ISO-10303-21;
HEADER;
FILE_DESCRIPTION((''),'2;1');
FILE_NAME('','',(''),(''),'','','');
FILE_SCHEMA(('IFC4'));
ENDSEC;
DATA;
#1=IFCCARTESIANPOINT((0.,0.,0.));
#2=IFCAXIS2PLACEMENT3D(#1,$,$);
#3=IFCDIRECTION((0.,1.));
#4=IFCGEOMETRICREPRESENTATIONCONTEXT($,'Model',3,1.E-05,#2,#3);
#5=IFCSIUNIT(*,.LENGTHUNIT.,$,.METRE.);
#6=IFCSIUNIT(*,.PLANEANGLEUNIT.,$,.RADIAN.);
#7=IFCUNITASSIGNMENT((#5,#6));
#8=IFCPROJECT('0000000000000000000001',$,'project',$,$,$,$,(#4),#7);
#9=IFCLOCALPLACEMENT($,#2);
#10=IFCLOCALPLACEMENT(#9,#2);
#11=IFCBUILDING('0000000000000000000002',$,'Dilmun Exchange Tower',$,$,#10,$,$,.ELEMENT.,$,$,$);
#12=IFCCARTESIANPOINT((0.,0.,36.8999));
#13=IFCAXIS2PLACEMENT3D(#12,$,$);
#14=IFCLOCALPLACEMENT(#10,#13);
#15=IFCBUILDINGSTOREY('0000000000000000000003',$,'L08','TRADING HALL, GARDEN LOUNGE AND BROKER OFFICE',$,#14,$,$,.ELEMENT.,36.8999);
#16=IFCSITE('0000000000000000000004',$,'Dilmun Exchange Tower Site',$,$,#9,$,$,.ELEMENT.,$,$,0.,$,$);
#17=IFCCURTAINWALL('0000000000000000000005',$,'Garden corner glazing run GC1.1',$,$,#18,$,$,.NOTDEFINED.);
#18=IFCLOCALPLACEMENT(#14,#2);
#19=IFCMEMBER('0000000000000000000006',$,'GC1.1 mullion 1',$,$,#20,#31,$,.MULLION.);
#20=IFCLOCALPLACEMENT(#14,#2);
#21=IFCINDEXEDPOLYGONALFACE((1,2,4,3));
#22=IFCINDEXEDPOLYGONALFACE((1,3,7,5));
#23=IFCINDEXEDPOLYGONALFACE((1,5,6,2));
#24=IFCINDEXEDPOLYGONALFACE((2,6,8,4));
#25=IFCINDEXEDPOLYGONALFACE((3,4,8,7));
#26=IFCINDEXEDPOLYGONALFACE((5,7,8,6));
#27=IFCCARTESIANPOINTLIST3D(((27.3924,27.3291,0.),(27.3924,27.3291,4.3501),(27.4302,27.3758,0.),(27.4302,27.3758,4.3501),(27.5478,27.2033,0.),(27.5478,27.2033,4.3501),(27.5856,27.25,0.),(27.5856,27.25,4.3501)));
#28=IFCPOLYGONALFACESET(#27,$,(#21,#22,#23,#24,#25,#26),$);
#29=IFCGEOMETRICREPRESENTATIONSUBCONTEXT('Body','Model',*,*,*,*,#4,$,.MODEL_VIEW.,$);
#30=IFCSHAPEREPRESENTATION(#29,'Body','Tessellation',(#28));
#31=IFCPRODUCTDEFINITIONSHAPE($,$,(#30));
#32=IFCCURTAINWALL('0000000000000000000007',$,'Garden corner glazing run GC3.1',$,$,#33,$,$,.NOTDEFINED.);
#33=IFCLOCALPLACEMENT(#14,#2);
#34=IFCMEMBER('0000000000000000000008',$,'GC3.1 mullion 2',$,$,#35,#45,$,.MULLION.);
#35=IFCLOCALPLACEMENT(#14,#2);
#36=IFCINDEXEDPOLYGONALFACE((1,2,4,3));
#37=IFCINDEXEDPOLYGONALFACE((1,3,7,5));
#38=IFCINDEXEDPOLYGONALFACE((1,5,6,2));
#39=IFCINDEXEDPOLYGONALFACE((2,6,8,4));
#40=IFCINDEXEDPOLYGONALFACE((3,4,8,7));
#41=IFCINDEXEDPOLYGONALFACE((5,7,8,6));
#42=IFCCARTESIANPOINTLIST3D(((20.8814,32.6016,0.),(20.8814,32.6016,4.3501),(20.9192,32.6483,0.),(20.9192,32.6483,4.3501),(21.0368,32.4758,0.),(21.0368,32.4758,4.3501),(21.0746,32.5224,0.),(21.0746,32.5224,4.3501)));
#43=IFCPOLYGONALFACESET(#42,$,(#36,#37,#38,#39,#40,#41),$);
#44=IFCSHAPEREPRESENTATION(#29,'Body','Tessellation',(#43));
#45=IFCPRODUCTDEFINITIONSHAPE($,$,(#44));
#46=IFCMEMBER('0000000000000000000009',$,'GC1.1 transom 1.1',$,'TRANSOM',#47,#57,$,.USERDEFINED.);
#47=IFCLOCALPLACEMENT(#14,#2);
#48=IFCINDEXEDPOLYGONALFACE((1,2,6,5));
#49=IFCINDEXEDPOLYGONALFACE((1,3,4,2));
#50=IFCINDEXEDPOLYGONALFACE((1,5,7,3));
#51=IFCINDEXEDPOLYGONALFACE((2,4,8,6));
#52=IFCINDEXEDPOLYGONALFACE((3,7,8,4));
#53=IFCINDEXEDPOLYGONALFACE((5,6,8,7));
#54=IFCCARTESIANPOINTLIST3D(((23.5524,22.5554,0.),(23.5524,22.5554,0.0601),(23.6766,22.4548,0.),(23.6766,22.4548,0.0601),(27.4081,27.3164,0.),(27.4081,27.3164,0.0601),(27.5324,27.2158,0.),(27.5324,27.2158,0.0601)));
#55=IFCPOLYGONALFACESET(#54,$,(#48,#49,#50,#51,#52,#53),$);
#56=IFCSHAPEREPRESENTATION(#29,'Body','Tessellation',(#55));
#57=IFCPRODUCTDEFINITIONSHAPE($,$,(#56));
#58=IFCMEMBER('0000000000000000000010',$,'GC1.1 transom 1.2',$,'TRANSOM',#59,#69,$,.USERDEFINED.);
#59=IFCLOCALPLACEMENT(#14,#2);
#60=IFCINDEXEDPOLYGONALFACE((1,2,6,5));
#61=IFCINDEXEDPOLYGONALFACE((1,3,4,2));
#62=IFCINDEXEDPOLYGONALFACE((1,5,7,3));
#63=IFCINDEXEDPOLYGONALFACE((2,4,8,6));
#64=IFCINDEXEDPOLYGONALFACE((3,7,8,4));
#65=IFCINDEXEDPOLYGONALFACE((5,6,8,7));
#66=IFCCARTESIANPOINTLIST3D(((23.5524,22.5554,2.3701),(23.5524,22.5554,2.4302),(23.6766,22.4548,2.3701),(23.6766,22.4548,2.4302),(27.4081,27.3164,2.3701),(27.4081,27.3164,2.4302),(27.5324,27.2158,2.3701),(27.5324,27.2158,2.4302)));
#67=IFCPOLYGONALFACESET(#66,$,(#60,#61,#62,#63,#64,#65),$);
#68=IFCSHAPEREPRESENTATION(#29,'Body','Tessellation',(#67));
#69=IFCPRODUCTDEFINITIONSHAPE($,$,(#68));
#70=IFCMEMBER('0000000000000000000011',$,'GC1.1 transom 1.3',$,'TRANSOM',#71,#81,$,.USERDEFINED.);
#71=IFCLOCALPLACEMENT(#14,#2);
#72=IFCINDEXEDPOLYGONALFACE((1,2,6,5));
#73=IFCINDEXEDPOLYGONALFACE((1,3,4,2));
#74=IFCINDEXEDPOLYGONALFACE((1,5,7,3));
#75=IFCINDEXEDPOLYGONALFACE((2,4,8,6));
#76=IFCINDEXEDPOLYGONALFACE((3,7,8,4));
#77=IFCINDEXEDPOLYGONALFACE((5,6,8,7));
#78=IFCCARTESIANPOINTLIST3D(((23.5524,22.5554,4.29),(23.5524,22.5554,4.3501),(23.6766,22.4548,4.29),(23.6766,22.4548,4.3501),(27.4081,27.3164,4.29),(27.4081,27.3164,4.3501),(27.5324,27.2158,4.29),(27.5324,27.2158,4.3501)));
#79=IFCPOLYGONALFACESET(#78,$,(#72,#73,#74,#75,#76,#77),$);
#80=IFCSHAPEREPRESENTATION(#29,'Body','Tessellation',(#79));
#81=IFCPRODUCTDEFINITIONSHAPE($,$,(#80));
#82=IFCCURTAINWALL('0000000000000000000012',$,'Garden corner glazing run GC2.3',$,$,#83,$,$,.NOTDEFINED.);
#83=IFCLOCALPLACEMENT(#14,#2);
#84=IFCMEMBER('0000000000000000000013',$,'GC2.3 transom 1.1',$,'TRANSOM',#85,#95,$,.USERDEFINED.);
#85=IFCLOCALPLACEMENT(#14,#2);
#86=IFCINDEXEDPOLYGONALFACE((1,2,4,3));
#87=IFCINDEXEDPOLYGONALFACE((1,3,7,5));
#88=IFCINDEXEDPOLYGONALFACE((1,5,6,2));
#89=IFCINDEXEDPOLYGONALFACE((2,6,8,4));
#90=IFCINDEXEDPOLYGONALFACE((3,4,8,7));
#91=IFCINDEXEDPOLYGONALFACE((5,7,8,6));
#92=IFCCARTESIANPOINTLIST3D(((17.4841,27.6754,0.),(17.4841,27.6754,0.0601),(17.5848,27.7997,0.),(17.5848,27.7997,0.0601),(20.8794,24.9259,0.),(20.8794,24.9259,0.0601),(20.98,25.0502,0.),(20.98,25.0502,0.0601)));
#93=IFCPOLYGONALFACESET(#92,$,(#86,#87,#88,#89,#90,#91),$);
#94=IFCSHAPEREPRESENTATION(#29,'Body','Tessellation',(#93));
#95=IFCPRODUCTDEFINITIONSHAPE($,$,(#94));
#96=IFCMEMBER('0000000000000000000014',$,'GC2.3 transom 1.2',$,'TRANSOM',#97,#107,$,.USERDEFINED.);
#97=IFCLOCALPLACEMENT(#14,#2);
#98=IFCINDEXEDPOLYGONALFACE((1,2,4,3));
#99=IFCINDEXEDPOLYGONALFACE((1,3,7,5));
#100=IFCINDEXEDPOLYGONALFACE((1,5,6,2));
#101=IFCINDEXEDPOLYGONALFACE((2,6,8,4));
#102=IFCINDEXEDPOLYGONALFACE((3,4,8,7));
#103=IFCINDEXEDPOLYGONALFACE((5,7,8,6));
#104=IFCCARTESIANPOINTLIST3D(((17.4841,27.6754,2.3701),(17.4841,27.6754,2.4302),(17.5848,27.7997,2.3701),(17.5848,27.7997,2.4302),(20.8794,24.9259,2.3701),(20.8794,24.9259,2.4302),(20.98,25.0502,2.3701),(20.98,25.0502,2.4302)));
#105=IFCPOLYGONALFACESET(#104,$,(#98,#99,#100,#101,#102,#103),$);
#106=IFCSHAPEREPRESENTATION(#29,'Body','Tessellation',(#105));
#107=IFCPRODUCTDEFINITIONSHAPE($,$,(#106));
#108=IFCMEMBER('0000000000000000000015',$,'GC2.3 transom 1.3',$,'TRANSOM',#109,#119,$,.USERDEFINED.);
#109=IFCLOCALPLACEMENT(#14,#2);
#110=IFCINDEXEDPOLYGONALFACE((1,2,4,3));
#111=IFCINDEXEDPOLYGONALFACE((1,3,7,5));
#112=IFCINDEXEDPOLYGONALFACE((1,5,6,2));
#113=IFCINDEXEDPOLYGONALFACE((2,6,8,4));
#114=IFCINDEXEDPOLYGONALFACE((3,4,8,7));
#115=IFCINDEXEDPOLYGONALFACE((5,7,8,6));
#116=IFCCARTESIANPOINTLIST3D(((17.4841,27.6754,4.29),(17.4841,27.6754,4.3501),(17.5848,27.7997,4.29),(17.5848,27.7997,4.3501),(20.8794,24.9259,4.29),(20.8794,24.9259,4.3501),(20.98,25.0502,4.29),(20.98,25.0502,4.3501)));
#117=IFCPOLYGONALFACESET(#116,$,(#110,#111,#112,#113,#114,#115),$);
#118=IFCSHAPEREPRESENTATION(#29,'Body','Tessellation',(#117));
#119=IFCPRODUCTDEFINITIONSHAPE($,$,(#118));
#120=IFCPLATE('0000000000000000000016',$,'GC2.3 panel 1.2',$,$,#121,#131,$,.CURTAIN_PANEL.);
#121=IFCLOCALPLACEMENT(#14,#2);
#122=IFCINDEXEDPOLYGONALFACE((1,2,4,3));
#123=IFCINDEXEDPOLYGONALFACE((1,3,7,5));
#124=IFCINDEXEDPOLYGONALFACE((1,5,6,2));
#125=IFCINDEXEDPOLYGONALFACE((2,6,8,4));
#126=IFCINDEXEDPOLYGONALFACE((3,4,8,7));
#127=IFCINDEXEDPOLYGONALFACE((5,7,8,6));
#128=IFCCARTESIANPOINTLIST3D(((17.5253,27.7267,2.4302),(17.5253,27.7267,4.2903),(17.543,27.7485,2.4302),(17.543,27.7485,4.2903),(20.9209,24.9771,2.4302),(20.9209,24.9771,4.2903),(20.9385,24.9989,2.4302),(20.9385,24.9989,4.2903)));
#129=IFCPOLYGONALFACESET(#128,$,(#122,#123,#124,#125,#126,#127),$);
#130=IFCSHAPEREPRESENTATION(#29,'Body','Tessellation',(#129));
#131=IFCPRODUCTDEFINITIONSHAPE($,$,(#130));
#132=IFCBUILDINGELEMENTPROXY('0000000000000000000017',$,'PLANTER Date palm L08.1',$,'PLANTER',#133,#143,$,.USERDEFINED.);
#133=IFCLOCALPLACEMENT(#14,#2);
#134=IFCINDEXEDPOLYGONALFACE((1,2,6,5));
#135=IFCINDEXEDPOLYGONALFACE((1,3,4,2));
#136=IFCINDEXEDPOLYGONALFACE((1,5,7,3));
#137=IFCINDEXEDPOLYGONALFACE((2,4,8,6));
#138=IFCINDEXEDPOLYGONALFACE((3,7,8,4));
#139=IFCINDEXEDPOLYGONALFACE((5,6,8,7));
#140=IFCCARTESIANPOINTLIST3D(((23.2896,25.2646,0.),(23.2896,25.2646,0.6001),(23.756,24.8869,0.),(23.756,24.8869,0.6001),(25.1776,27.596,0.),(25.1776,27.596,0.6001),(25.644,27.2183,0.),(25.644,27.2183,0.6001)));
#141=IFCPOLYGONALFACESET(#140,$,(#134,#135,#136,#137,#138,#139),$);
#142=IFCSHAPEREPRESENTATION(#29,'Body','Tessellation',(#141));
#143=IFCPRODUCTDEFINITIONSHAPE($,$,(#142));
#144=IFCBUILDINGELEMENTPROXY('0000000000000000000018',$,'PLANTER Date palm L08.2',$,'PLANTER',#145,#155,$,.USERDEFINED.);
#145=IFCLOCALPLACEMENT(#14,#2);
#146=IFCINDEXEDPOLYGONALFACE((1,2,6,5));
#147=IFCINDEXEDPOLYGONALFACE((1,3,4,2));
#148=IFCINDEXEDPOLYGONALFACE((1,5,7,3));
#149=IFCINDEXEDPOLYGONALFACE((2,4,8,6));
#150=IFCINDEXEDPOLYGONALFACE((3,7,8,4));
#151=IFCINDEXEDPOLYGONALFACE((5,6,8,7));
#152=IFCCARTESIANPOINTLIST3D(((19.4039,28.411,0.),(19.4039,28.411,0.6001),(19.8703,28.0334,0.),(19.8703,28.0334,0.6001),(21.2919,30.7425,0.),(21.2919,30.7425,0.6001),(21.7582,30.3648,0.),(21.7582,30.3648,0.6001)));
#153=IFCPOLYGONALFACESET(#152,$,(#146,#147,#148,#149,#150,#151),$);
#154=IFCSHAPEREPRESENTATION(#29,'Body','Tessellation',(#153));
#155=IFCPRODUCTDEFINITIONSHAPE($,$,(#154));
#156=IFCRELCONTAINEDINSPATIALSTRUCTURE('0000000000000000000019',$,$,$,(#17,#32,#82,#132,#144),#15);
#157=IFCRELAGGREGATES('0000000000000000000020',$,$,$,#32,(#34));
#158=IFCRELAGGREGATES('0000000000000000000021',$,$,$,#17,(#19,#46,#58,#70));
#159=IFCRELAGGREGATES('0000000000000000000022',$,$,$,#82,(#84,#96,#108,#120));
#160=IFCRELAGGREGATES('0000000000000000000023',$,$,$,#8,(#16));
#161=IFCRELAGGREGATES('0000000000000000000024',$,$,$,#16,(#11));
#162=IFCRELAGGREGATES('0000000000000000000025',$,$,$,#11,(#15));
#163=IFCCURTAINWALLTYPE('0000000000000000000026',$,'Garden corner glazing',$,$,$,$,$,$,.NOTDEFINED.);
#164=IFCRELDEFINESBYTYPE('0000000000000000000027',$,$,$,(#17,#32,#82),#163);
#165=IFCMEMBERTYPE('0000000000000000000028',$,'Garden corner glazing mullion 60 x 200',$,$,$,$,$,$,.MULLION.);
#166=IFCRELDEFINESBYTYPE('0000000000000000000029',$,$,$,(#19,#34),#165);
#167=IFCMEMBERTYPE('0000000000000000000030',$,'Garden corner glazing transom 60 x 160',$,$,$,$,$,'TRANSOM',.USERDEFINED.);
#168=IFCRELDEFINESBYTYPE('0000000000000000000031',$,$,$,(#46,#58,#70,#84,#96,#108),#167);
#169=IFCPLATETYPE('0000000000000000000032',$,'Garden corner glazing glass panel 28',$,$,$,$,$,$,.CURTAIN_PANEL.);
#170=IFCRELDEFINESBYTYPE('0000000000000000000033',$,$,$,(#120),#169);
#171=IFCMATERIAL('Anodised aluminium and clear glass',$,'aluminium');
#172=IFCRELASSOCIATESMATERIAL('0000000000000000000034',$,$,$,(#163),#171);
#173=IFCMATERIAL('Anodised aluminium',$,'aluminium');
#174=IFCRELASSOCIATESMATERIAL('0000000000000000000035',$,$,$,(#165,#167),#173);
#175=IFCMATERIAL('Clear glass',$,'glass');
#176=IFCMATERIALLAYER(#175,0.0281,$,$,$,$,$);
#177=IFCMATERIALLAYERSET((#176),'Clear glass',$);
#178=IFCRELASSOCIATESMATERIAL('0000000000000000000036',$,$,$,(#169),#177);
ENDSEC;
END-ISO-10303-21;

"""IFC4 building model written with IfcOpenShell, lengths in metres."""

from ifc_helpers import new_model, si_unit, direction, frame, origin, origin_2d, place, context, subcontext, project, spatial, rectangle, extrude, material, layer, layer_set, material_profile, profile_set, type_object, element, aggregate, save


model = new_model("IFC4")

# Units and contexts
model_context = context("Model", 3, precision=1e-05, world=origin(), true_north=direction((0.0, 1.0)))
body_context = subcontext(model_context, "Body", "Model", "MODEL_VIEW")
ifc_project = project(units=[si_unit("LENGTHUNIT", "METRE"), si_unit("PLANEANGLEUNIT", "RADIAN")], contexts=[model_context])

# Site, building, storey
site_placement = place(None, origin())
site = spatial("IfcSite", under=ifc_project, at=site_placement, Name="Dilmun Exchange Tower Site", CompositionType="ELEMENT", RefElevation=0.0)
building_placement = place(site_placement, origin())
building = spatial("IfcBuilding", under=site, at=building_placement, Name="Dilmun Exchange Tower", CompositionType="ELEMENT")
storey_placement = place(building_placement, frame((0.0, 0.0, 36.8999)))
storey = spatial("IfcBuildingStorey", under=building, at=storey_placement, Name="L08", Description="TRADING HALL, GARDEN LOUNGE AND BROKER OFFICE", CompositionType="ELEMENT", Elevation=36.8999)

# Curtain walls, members
ifc_material_1 = material(Name="Anodised aluminium and clear glass", Category="aluminium")
curtain_wall_type = type_object("IfcCurtainWallType", Name="Garden corner glazing", PredefinedType="NOTDEFINED", material=ifc_material_1)
curtain_wall_1_placement = place(storey_placement, origin())
curtain_wall_1 = element("IfcCurtainWall", 1, at=curtain_wall_1_placement, inside=storey, type_object=curtain_wall_type, Name="Garden corner glazing run GC1.1", PredefinedType="NOTDEFINED")
ifc_material_2 = material(Name="Anodised aluminium", Category="aluminium")
ifc_material_profile_1 = material_profile(ifc_material_2, rectangle(XDim=0.2, YDim=0.0601, at=origin_2d()), Name="AL 60x200")
ifc_profile_set_1 = profile_set([ifc_material_profile_1], Name="Anodised aluminium")
member_type_1 = type_object("IfcMemberType", Name="Garden corner glazing mullion 60 x 200", PredefinedType="MULLION", material=ifc_profile_set_1)
member_1_placement = place(storey_placement, frame((27.489, 27.2896, 0.0), z_axis=(0.0, 0.0, 1.0), x_axis=(0.777139, -0.629329, 0.0)))
member_1 = element("IfcMember", 2, at=member_1_placement, type_object=member_type_1, Name="GC1.1 mullion 1", PredefinedType="MULLION", context=body_context, shape_type="SweptSolid", body=[
    extrude(rectangle(XDim=0.2, YDim=0.0601, at=origin_2d()), origin(), (0.0, 0.0, 1.0), 4.3501),
])
curtain_wall_2_placement = place(storey_placement, origin())
curtain_wall_2 = element("IfcCurtainWall", 3, at=curtain_wall_2_placement, inside=storey, type_object=curtain_wall_type, Name="Garden corner glazing run GC3.1", PredefinedType="NOTDEFINED")
member_2_placement = place(storey_placement, frame((20.978, 32.562, 0.0), z_axis=(0.0, 0.0, 1.0), x_axis=(-0.777147, 0.629319, 0.0)))
member_2 = element("IfcMember", 4, at=member_2_placement, type_object=member_type_1, Name="GC3.1 mullion 2", PredefinedType="MULLION", context=body_context, shape_type="SweptSolid", body=[
    extrude(rectangle(XDim=0.2, YDim=0.0601, at=origin_2d()), origin(), (0.0, 0.0, 1.0), 4.3501),
])
aggregate(curtain_wall_2, [member_2])

# Members
ifc_material_profile_2 = material_profile(ifc_material_2, rectangle(XDim=0.1599, YDim=0.0601, at=origin_2d()), Name="AL 60x160")
ifc_profile_set_2 = profile_set([ifc_material_profile_2], Name="Anodised aluminium")
member_type_2 = type_object("IfcMemberType", Name="Garden corner glazing transom 60 x 160", ElementType="TRANSOM", PredefinedType="USERDEFINED", material=ifc_profile_set_2)
member_3_placement = place(storey_placement, frame((27.4702, 27.2661, 0.03), z_axis=(-0.629354, -0.777119, 0.0), x_axis=(0.777119, -0.629354, 0.0)))
member_3 = element("IfcMember", 5, at=member_3_placement, type_object=member_type_2, Name="GC1.1 transom 1.1", ObjectType="TRANSOM", PredefinedType="USERDEFINED", context=body_context, shape_type="SweptSolid", body=[
    extrude(rectangle(XDim=0.1599, YDim=0.0601, at=origin_2d()), origin(), (0.0, 0.0, 1.0), 6.1265),
])
member_4_placement = place(storey_placement, frame((27.4702, 27.2661, 2.4001), z_axis=(-0.629354, -0.777119, 0.0), x_axis=(0.777119, -0.629354, 0.0)))
member_4 = element("IfcMember", 6, at=member_4_placement, type_object=member_type_2, Name="GC1.1 transom 1.2", ObjectType="TRANSOM", PredefinedType="USERDEFINED", context=body_context, shape_type="SweptSolid", body=[
    extrude(rectangle(XDim=0.1599, YDim=0.0601, at=origin_2d()), origin(), (0.0, 0.0, 1.0), 6.1265),
])
member_5_placement = place(storey_placement, frame((27.4702, 27.2661, 4.3201), z_axis=(-0.629354, -0.777119, 0.0), x_axis=(0.777119, -0.629354, 0.0)))
member_5 = element("IfcMember", 7, at=member_5_placement, type_object=member_type_2, Name="GC1.1 transom 1.3", ObjectType="TRANSOM", PredefinedType="USERDEFINED", context=body_context, shape_type="SweptSolid", body=[
    extrude(rectangle(XDim=0.1599, YDim=0.0601, at=origin_2d()), origin(), (0.0, 0.0, 1.0), 6.1265),
])
aggregate(curtain_wall_1, [member_1, member_3, member_4, member_5])

# Curtain wall, members, plate
curtain_wall_3_placement = place(storey_placement, origin())
curtain_wall_3 = element("IfcCurtainWall", 8, at=curtain_wall_3_placement, inside=storey, type_object=curtain_wall_type, Name="Garden corner glazing run GC2.3", PredefinedType="NOTDEFINED")
member_6_placement = place(storey_placement, frame((20.9297, 24.988, 0.03), z_axis=(-0.777137, 0.629332, 0.0), x_axis=(-0.629332, -0.777137, 0.0)))
member_6 = element("IfcMember", 9, at=member_6_placement, type_object=member_type_2, Name="GC2.3 transom 1.1", ObjectType="TRANSOM", PredefinedType="USERDEFINED", context=body_context, shape_type="SweptSolid", body=[
    extrude(rectangle(XDim=0.1599, YDim=0.0601, at=origin_2d()), origin(), (0.0, 0.0, 1.0), 4.3689),
])
member_7_placement = place(storey_placement, frame((20.9297, 24.988, 2.4001), z_axis=(-0.777137, 0.629332, 0.0), x_axis=(-0.629332, -0.777137, 0.0)))
member_7 = element("IfcMember", 10, at=member_7_placement, type_object=member_type_2, Name="GC2.3 transom 1.2", ObjectType="TRANSOM", PredefinedType="USERDEFINED", context=body_context, shape_type="SweptSolid", body=[
    extrude(rectangle(XDim=0.1599, YDim=0.0601, at=origin_2d()), origin(), (0.0, 0.0, 1.0), 4.3689),
])
member_8_placement = place(storey_placement, frame((20.9297, 24.988, 4.3201), z_axis=(-0.777137, 0.629332, 0.0), x_axis=(-0.629332, -0.777137, 0.0)))
member_8 = element("IfcMember", 11, at=member_8_placement, type_object=member_type_2, Name="GC2.3 transom 1.3", ObjectType="TRANSOM", PredefinedType="USERDEFINED", context=body_context, shape_type="SweptSolid", body=[
    extrude(rectangle(XDim=0.1599, YDim=0.0601, at=origin_2d()), origin(), (0.0, 0.0, 1.0), 4.3689),
])
ifc_material_3 = material(Name="Clear glass", Category="glass")
ifc_layer_1 = layer(ifc_material_3, 0.0281)
ifc_layer_set_1 = layer_set([ifc_layer_1], Name="Clear glass")
plate_type = type_object("IfcPlateType", Name="Garden corner glazing glass panel 28", PredefinedType="CURTAIN_PANEL", material=ifc_layer_set_1)
plate_placement = place(storey_placement, frame((19.2319, 26.3628, 2.4302), z_axis=(0.0, 0.0, 1.0), x_axis=(-0.777156, 0.629308, 0.0)))
plate = element("IfcPlate", 12, at=plate_placement, type_object=plate_type, Name="GC2.3 panel 1.2", PredefinedType="CURTAIN_PANEL", context=body_context, shape_type="SweptSolid", body=[
    extrude(rectangle(XDim=4.3691, YDim=0.0281, at=origin_2d()), origin(), (0.0, 0.0, 1.0), 1.8601),
])
aggregate(curtain_wall_3, [member_6, member_7, member_8, plate])

# Building element proxies
for number, where, z_axis, x_axis, name in (
    (13, (24.4668, 26.2415, 0.0), (0.0, 0.0, 1.0), (0.62932, 0.777146, 0.0), "PLANTER Date palm L08.1"),
    (14, (20.5811, 29.3879, 0.0), (0.0, 0.0, 1.0), (0.62932, 0.777146, 0.0), "PLANTER Date palm L08.2"),
):
    element("IfcBuildingElementProxy", number, at=place(storey_placement, frame(where, z_axis=z_axis, x_axis=x_axis)), inside=storey, Name=name, ObjectType="PLANTER", PredefinedType="USERDEFINED", context=body_context, shape_type="SweptSolid", body=[
        extrude(rectangle(XDim=3.0, YDim=0.6001, at=origin_2d()), origin(), (0.0, 0.0, 1.0), 0.6001),
    ])

save(model, "model.ifc")
